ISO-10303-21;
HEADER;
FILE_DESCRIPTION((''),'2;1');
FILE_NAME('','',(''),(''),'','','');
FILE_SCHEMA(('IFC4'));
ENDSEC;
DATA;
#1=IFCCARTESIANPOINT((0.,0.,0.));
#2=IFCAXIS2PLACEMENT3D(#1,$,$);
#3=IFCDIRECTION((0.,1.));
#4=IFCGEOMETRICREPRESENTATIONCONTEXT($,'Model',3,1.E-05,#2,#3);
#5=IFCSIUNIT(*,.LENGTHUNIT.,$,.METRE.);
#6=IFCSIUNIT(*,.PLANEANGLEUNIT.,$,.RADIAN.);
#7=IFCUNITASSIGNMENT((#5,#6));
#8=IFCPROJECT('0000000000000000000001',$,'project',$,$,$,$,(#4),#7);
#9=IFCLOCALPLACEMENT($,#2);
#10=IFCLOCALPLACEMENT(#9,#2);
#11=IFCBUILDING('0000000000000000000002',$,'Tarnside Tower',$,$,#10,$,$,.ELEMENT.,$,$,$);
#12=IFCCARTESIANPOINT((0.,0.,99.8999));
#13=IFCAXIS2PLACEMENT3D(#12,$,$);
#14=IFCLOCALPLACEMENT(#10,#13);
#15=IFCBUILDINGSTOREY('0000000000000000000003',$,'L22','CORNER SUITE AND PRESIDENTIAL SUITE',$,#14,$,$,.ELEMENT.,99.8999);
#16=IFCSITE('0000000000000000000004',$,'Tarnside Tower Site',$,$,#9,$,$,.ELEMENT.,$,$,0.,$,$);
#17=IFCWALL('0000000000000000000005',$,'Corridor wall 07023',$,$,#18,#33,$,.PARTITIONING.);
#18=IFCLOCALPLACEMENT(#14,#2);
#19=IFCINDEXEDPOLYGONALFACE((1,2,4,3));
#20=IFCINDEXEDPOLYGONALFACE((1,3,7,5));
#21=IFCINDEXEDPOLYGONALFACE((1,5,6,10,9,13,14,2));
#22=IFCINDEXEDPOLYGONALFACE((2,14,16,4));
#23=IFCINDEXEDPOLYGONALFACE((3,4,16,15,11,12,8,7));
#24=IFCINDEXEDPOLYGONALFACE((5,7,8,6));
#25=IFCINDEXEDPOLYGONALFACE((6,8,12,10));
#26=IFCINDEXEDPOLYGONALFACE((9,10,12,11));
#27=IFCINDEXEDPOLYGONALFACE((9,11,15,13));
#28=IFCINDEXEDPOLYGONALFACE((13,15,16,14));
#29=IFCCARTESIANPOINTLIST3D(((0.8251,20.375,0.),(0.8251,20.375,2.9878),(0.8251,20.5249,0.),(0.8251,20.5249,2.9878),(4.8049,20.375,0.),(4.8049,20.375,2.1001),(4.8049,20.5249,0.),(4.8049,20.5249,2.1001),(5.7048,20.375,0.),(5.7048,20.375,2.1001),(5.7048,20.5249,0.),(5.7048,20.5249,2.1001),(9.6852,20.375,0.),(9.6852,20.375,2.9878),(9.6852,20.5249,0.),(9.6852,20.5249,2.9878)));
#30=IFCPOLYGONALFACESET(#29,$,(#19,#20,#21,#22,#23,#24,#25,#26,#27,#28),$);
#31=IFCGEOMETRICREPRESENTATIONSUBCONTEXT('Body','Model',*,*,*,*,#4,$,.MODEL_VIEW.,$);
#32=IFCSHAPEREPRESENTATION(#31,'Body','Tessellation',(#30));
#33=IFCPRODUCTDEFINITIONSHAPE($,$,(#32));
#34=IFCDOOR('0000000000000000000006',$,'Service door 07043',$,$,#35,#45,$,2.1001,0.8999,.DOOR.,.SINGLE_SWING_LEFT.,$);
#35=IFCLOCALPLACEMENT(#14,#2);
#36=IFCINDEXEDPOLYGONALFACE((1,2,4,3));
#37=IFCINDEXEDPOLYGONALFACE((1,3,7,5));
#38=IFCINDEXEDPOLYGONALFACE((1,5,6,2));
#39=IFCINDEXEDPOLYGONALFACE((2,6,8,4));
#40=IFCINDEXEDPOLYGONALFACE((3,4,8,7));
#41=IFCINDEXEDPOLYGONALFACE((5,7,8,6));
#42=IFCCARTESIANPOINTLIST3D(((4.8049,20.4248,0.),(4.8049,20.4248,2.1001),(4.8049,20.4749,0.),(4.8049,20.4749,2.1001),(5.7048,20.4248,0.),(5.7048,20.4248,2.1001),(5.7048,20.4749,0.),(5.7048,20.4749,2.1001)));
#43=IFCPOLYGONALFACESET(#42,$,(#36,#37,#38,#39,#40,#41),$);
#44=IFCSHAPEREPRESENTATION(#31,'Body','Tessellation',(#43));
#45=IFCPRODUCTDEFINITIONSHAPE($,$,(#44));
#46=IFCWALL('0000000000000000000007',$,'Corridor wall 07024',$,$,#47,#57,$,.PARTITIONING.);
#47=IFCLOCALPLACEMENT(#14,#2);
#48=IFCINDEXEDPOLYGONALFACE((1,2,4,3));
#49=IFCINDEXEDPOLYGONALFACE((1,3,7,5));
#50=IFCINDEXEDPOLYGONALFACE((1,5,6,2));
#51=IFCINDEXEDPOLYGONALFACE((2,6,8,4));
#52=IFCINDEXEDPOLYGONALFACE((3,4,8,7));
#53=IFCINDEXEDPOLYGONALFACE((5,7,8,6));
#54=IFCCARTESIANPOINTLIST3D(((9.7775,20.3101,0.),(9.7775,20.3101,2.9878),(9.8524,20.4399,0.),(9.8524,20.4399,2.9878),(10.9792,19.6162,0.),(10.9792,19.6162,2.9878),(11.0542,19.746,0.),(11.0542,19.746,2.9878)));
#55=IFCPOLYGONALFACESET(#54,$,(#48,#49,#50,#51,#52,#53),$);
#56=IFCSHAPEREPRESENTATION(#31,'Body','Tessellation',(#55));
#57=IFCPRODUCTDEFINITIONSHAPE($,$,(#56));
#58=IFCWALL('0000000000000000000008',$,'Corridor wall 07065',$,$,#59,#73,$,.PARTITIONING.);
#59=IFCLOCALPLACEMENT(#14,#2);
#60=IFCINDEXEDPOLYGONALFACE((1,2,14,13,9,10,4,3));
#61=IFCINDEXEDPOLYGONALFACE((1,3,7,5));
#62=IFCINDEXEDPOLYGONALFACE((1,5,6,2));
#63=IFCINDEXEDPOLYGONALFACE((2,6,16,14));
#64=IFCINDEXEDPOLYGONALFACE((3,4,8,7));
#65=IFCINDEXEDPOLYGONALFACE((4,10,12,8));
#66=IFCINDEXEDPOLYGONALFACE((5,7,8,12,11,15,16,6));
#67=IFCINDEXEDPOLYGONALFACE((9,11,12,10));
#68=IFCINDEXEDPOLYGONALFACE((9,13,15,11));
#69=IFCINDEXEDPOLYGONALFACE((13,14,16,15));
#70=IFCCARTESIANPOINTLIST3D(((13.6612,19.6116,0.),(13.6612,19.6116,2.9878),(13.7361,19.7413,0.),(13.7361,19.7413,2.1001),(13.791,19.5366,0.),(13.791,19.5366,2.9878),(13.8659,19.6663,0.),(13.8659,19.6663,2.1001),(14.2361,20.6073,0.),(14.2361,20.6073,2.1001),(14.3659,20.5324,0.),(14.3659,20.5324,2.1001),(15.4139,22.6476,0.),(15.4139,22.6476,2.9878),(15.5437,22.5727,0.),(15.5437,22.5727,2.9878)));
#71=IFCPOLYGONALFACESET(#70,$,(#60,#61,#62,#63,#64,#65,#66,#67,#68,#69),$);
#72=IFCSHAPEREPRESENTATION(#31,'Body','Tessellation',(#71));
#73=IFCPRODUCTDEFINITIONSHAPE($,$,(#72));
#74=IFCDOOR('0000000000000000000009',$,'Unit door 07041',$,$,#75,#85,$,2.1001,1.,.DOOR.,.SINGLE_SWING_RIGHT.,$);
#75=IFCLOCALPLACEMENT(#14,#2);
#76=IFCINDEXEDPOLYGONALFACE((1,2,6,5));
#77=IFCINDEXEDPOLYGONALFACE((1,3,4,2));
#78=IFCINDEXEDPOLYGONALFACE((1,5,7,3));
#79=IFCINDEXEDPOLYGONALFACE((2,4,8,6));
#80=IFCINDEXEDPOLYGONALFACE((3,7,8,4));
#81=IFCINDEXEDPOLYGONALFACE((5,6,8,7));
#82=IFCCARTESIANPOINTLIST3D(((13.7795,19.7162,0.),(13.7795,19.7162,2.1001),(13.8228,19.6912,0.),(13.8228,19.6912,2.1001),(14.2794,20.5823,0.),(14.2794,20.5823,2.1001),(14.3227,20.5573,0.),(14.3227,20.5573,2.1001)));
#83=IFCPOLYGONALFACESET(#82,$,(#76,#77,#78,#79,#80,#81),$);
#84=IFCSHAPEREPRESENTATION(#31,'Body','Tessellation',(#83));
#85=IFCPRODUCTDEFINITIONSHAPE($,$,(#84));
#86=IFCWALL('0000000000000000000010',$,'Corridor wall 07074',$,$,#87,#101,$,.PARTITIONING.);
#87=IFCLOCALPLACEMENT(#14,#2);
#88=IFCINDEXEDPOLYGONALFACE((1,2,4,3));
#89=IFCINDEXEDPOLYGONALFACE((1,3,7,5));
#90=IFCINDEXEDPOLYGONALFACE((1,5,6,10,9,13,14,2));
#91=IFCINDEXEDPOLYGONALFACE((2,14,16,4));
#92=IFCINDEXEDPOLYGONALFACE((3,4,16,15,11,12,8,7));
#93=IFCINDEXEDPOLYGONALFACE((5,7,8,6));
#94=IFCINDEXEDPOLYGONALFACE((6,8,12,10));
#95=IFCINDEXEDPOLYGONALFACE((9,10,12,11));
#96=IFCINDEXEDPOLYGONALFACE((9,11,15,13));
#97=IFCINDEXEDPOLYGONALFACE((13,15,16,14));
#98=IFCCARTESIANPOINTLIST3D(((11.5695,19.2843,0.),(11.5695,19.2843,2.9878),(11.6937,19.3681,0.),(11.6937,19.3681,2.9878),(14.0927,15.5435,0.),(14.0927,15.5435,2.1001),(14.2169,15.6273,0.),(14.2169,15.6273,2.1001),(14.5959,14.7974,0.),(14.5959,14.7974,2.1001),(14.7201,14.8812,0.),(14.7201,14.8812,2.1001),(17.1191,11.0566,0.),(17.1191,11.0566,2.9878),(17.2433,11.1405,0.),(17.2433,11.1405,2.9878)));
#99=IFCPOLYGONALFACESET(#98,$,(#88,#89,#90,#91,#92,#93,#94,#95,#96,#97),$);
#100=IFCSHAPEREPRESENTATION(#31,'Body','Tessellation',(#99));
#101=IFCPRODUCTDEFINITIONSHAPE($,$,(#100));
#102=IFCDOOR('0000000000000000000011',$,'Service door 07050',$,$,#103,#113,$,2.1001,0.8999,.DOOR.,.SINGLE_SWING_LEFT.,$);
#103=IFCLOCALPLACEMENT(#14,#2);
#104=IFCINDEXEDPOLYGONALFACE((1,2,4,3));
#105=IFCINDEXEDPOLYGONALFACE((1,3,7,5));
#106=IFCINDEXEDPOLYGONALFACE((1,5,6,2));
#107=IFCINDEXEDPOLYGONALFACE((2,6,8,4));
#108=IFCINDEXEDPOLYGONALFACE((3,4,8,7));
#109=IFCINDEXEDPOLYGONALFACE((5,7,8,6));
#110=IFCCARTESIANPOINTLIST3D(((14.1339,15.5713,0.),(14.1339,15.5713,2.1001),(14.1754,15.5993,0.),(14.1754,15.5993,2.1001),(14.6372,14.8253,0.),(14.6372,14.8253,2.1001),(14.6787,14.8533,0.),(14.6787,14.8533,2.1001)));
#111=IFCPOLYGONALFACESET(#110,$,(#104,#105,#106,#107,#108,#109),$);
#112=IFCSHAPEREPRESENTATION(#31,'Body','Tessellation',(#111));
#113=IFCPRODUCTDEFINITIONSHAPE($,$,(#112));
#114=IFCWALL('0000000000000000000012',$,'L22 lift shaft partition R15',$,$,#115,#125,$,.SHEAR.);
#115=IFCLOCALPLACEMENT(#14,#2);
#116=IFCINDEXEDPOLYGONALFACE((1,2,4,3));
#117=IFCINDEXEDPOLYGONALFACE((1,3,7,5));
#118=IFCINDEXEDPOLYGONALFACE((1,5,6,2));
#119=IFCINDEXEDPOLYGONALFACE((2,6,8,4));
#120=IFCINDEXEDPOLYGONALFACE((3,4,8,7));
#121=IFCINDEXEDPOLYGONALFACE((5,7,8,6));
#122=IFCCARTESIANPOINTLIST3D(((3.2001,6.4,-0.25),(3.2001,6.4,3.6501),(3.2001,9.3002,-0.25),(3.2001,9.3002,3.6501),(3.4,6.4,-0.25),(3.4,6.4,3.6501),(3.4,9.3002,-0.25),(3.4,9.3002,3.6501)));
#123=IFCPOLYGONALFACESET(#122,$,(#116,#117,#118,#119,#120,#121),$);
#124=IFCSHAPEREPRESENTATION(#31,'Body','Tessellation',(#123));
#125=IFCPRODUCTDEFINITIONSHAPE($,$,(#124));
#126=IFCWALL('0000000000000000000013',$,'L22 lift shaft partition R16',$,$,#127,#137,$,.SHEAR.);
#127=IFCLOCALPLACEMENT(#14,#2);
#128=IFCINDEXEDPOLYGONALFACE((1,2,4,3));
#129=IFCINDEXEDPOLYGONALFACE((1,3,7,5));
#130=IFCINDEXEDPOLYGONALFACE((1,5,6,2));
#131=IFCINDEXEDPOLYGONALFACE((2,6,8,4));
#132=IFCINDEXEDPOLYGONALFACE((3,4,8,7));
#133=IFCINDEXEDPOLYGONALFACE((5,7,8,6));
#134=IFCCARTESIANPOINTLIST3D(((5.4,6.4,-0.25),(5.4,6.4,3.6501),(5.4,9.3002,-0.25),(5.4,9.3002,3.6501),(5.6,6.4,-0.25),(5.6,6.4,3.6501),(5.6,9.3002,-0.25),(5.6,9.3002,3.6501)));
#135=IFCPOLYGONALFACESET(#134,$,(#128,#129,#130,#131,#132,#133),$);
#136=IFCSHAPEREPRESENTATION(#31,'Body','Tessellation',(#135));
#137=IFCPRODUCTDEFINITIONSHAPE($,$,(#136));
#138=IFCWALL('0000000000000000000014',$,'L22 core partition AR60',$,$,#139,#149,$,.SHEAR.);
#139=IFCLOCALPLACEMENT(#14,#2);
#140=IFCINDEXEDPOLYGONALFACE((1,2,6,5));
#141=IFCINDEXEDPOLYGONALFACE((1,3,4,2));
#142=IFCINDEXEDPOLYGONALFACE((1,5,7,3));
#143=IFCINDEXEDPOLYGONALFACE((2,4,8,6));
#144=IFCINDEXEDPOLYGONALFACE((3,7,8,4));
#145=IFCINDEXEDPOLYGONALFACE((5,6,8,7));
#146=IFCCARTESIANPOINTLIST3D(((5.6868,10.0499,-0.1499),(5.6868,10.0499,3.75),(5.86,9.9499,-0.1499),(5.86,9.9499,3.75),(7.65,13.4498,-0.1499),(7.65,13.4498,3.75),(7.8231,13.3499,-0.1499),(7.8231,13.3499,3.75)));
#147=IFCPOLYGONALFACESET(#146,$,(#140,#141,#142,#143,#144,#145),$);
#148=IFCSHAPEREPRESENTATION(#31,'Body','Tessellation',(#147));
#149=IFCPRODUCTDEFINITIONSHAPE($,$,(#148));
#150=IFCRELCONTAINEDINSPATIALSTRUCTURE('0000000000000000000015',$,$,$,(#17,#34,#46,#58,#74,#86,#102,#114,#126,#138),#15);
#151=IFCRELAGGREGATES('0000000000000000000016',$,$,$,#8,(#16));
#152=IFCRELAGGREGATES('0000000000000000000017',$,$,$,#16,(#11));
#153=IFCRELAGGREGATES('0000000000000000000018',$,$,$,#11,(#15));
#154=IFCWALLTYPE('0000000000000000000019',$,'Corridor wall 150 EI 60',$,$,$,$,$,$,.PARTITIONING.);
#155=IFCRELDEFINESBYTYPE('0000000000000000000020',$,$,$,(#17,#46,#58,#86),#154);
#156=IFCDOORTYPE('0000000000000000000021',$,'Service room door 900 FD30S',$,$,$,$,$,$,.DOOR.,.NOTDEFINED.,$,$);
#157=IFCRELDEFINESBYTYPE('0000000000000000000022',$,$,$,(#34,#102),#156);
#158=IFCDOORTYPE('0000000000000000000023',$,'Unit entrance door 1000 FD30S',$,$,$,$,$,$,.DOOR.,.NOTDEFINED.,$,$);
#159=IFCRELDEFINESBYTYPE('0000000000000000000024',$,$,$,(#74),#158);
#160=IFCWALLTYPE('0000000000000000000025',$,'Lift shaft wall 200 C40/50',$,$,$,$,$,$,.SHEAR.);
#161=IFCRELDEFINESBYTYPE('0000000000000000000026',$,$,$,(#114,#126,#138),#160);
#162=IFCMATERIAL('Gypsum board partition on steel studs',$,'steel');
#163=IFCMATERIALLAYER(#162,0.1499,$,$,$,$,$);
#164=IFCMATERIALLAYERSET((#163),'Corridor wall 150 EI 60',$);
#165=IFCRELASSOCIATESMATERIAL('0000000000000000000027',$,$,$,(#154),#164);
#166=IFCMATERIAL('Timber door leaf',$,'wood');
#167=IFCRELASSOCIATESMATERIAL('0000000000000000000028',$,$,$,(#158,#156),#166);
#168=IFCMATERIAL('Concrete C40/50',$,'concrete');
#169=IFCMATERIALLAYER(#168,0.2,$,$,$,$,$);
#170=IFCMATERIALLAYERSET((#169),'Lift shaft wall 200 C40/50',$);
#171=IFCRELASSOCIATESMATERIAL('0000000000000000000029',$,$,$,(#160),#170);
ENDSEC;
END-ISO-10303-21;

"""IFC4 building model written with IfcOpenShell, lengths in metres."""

from ifc_helpers import new_model, si_unit, direction, frame, frame_2d, origin, place, context, subcontext, project, spatial, rectangle, extrude, material, layer, layer_set, type_object, element, fill, save


model = new_model("IFC4")

# Units and contexts
model_context = context("Model", 3, precision=1e-05, world=origin(), true_north=direction((0.0, 1.0)))
body_context = subcontext(model_context, "Body", "Model", "MODEL_VIEW")
ifc_project = project(units=[si_unit("LENGTHUNIT", "METRE"), si_unit("PLANEANGLEUNIT", "RADIAN")], contexts=[model_context])

# Site, building, storey
site_placement = place(None, origin())
site = spatial("IfcSite", under=ifc_project, at=site_placement, Name="Tarnside Tower Site", CompositionType="ELEMENT", RefElevation=0.0)
building_placement = place(site_placement, origin())
building = spatial("IfcBuilding", under=site, at=building_placement, Name="Tarnside Tower", CompositionType="ELEMENT")
storey_placement = place(building_placement, frame((0.0, 0.0, 99.8999)))
storey = spatial("IfcBuildingStorey", under=building, at=storey_placement, Name="L22", Description="CORNER SUITE AND PRESIDENTIAL SUITE", CompositionType="ELEMENT", Elevation=99.8999)

# Shared definitions
ifc_material_1 = material(Name="Gypsum board partition on steel studs", Category="steel")
ifc_layer_1 = layer(ifc_material_1, 0.1499)
ifc_layer_set_1 = layer_set([ifc_layer_1], Name="Corridor wall 150 EI 60")
wall_type_1 = type_object("IfcWallType", Name="Corridor wall 150 EI 60", PredefinedType="PARTITIONING", material=ifc_layer_set_1)
ifc_material_2 = material(Name="Timber door leaf", Category="wood")
door_type_1 = type_object("IfcDoorType", Name="Unit entrance door 1000 FD30S", OperationType="NOTDEFINED", PredefinedType="DOOR", material=ifc_material_2)

# Wall, opening, door
wall_1_placement = place(storey_placement, frame((0.825, 20.45, 0.0), z_axis=(0.0, 0.0, 1.0), x_axis=(1.0, 0.0, 0.0)))
wall_1 = element("IfcWall", 1, at=wall_1_placement, inside=storey, type_object=wall_type_1, Name="Corridor wall 07023", PredefinedType="PARTITIONING", context=body_context, shape_type="SweptSolid", body=[
    extrude(rectangle(XDim=8.8601, YDim=0.1499, at=frame_2d((4.4302, 0.0))), origin(), (0.0, 0.0, 1.0), 2.9878),
])
opening_1_placement = place(wall_1_placement, frame((3.98, 0.0, 0.0)))
opening_1 = element("IfcOpeningElement", 2, at=opening_1_placement, cuts=wall_1, PredefinedType="OPENING", context=body_context, shape_type="SweptSolid", body=[
    extrude(rectangle(XDim=0.8999, YDim=2.1001, at=frame_2d((0.45, 1.05))), frame((0.0, 0.085, 0.0), z_axis=(0.0, -1.0, 0.0), x_axis=(1.0, 0.0, 0.0)), (0.0, 0.0, 1.0), 0.1699),
])
door_type_2 = type_object("IfcDoorType", Name="Service room door 900 FD30S", OperationType="NOTDEFINED", PredefinedType="DOOR", material=ifc_material_2)
door_1_placement = place(opening_1_placement, origin())
door_1 = element("IfcDoor", 3, at=door_1_placement, inside=storey, type_object=door_type_2, Name="Service door 07043", OperationType="SINGLE_SWING_LEFT", OverallHeight=2.1001, OverallWidth=0.8999, PredefinedType="DOOR", context=body_context, shape_type="SweptSolid", body=[
    extrude(rectangle(XDim=0.8999, YDim=2.1001, at=frame_2d((0.45, 1.05))), frame((0.0, 0.0249, 0.0), z_axis=(0.0, -1.0, 0.0), x_axis=(1.0, 0.0, 0.0)), (0.0, 0.0, 1.0), 0.05),
])
fill(opening_1, door_1)

# Wall
wall_2_placement = place(storey_placement, frame((9.8149, 20.375, 0.0), z_axis=(0.0, 0.0, 1.0), x_axis=(0.866004, -0.500037, 0.0)))
element("IfcWall", 4, at=wall_2_placement, inside=storey, type_object=wall_type_1, Name="Corridor wall 07024", PredefinedType="PARTITIONING", context=body_context, shape_type="SweptSolid", body=[
    extrude(rectangle(XDim=1.3877, YDim=0.1499, at=frame_2d((0.6938, 0.0))), origin(), (0.0, 0.0, 1.0), 2.9878),
])

# Walls, openings, doors
wall_3_placement = place(storey_placement, frame((13.7261, 19.574, 0.0), z_axis=(0.0, 0.0, 1.0), x_axis=(0.499952, 0.866053, 0.0)))
wall_3 = element("IfcWall", 5, at=wall_3_placement, inside=storey, type_object=wall_type_1, Name="Corridor wall 07065", PredefinedType="PARTITIONING", context=body_context, shape_type="SweptSolid", body=[
    extrude(rectangle(XDim=3.5056, YDim=0.1499, at=frame_2d((1.7529, 0.0))), origin(), (0.0, 0.0, 1.0), 2.9878),
])
opening_2_placement = place(wall_3_placement, frame((0.1499, 0.0, 0.0)))
opening_2 = element("IfcOpeningElement", 6, at=opening_2_placement, cuts=wall_3, PredefinedType="OPENING", context=body_context, shape_type="SweptSolid", body=[
    extrude(rectangle(XDim=1.0, YDim=2.1001, at=frame_2d((0.5, 1.05))), frame((0.0, 0.085, 0.0), z_axis=(0.0, -1.0, 0.0), x_axis=(1.0, 0.0, 0.0)), (0.0, 0.0, 1.0), 0.1699),
])
door_2_placement = place(opening_2_placement, origin())
door_2 = element("IfcDoor", 7, at=door_2_placement, inside=storey, type_object=door_type_1, Name="Unit door 07041", OperationType="SINGLE_SWING_RIGHT", OverallHeight=2.1001, OverallWidth=1.0, PredefinedType="DOOR", context=body_context, shape_type="SweptSolid", body=[
    extrude(rectangle(XDim=1.0, YDim=2.1001, at=frame_2d((0.5, 1.05))), frame((0.0, 0.0249, 0.0), z_axis=(0.0, -1.0, 0.0), x_axis=(1.0, 0.0, 0.0)), (0.0, 0.0, 1.0), 0.05),
])
fill(opening_2, door_2)
wall_4_placement = place(storey_placement, frame((11.6316, 19.3262, 0.0), z_axis=(0.0, 0.0, 1.0), x_axis=(0.559194, -0.829037, 0.0)))
wall_4 = element("IfcWall", 8, at=wall_4_placement, inside=storey, type_object=wall_type_1, Name="Corridor wall 07074", PredefinedType="PARTITIONING", context=body_context, shape_type="SweptSolid", body=[
    extrude(rectangle(XDim=9.9243, YDim=0.1499, at=frame_2d((4.9622, 0.0))), origin(), (0.0, 0.0, 1.0), 2.9878),
])
opening_3_placement = place(wall_4_placement, frame((4.5122, 0.0, 0.0)))
opening_3 = element("IfcOpeningElement", 9, at=opening_3_placement, cuts=wall_4, PredefinedType="OPENING", context=body_context, shape_type="SweptSolid", body=[
    extrude(rectangle(XDim=0.8999, YDim=2.1001, at=frame_2d((0.45, 1.05))), frame((0.0, 0.085, 0.0), z_axis=(0.0, -1.0, 0.0), x_axis=(1.0, 0.0, 0.0)), (0.0, 0.0, 1.0), 0.1699),
])
door_3_placement = place(opening_3_placement, origin())
door_3 = element("IfcDoor", 10, at=door_3_placement, inside=storey, type_object=door_type_2, Name="Service door 07050", OperationType="SINGLE_SWING_LEFT", OverallHeight=2.1001, OverallWidth=0.8999, PredefinedType="DOOR", context=body_context, shape_type="SweptSolid", body=[
    extrude(rectangle(XDim=0.8999, YDim=2.1001, at=frame_2d((0.45, 1.05))), frame((0.0, 0.0249, 0.0), z_axis=(0.0, -1.0, 0.0), x_axis=(1.0, 0.0, 0.0)), (0.0, 0.0, 1.0), 0.05),
])
fill(opening_3, door_3)

# Walls
ifc_material_3 = material(Name="Concrete C40/50", Category="concrete")
ifc_layer_2 = layer(ifc_material_3, 0.2)
ifc_layer_set_2 = layer_set([ifc_layer_2], Name="Lift shaft wall 200 C40/50")
wall_type_2 = type_object("IfcWallType", Name="Lift shaft wall 200 C40/50", PredefinedType="SHEAR", material=ifc_layer_set_2)
for number, where, z_axis, x_axis, name in (
    (11, (3.3, 6.3999, -0.25), (0.0, 0.0, 1.0), (0.0, 1.0, 0.0), "L22 lift shaft partition R15"),
    (12, (5.5, 6.3999, -0.25), (0.0, 0.0, 1.0), (0.0, 1.0, 0.0), "L22 lift shaft partition R16"),
):
    element("IfcWall", number, at=place(storey_placement, frame(where, z_axis=z_axis, x_axis=x_axis)), inside=storey, type_object=wall_type_2, Name=name, PredefinedType="SHEAR", context=body_context, shape_type="SweptSolid", body=[
        extrude(rectangle(XDim=2.9001, YDim=0.2, at=frame_2d((1.4502, 0.0))), origin(), (0.0, 0.0, 1.0), 3.9001),
    ])
wall_5_placement = place(storey_placement, frame((5.7734, 10.0, -0.1499), z_axis=(0.0, 0.0, 1.0), x_axis=(0.500038, 0.866003, 0.0)))
element("IfcWall", 13, at=wall_5_placement, inside=storey, type_object=wall_type_2, Name="L22 core partition AR60", PredefinedType="SHEAR", context=body_context, shape_type="SweptSolid", body=[
    extrude(rectangle(XDim=3.926, YDim=0.2, at=frame_2d((1.9629, 0.0))), origin(), (0.0, 0.0, 1.0), 3.8999),
])

save(model, "model.ifc")
